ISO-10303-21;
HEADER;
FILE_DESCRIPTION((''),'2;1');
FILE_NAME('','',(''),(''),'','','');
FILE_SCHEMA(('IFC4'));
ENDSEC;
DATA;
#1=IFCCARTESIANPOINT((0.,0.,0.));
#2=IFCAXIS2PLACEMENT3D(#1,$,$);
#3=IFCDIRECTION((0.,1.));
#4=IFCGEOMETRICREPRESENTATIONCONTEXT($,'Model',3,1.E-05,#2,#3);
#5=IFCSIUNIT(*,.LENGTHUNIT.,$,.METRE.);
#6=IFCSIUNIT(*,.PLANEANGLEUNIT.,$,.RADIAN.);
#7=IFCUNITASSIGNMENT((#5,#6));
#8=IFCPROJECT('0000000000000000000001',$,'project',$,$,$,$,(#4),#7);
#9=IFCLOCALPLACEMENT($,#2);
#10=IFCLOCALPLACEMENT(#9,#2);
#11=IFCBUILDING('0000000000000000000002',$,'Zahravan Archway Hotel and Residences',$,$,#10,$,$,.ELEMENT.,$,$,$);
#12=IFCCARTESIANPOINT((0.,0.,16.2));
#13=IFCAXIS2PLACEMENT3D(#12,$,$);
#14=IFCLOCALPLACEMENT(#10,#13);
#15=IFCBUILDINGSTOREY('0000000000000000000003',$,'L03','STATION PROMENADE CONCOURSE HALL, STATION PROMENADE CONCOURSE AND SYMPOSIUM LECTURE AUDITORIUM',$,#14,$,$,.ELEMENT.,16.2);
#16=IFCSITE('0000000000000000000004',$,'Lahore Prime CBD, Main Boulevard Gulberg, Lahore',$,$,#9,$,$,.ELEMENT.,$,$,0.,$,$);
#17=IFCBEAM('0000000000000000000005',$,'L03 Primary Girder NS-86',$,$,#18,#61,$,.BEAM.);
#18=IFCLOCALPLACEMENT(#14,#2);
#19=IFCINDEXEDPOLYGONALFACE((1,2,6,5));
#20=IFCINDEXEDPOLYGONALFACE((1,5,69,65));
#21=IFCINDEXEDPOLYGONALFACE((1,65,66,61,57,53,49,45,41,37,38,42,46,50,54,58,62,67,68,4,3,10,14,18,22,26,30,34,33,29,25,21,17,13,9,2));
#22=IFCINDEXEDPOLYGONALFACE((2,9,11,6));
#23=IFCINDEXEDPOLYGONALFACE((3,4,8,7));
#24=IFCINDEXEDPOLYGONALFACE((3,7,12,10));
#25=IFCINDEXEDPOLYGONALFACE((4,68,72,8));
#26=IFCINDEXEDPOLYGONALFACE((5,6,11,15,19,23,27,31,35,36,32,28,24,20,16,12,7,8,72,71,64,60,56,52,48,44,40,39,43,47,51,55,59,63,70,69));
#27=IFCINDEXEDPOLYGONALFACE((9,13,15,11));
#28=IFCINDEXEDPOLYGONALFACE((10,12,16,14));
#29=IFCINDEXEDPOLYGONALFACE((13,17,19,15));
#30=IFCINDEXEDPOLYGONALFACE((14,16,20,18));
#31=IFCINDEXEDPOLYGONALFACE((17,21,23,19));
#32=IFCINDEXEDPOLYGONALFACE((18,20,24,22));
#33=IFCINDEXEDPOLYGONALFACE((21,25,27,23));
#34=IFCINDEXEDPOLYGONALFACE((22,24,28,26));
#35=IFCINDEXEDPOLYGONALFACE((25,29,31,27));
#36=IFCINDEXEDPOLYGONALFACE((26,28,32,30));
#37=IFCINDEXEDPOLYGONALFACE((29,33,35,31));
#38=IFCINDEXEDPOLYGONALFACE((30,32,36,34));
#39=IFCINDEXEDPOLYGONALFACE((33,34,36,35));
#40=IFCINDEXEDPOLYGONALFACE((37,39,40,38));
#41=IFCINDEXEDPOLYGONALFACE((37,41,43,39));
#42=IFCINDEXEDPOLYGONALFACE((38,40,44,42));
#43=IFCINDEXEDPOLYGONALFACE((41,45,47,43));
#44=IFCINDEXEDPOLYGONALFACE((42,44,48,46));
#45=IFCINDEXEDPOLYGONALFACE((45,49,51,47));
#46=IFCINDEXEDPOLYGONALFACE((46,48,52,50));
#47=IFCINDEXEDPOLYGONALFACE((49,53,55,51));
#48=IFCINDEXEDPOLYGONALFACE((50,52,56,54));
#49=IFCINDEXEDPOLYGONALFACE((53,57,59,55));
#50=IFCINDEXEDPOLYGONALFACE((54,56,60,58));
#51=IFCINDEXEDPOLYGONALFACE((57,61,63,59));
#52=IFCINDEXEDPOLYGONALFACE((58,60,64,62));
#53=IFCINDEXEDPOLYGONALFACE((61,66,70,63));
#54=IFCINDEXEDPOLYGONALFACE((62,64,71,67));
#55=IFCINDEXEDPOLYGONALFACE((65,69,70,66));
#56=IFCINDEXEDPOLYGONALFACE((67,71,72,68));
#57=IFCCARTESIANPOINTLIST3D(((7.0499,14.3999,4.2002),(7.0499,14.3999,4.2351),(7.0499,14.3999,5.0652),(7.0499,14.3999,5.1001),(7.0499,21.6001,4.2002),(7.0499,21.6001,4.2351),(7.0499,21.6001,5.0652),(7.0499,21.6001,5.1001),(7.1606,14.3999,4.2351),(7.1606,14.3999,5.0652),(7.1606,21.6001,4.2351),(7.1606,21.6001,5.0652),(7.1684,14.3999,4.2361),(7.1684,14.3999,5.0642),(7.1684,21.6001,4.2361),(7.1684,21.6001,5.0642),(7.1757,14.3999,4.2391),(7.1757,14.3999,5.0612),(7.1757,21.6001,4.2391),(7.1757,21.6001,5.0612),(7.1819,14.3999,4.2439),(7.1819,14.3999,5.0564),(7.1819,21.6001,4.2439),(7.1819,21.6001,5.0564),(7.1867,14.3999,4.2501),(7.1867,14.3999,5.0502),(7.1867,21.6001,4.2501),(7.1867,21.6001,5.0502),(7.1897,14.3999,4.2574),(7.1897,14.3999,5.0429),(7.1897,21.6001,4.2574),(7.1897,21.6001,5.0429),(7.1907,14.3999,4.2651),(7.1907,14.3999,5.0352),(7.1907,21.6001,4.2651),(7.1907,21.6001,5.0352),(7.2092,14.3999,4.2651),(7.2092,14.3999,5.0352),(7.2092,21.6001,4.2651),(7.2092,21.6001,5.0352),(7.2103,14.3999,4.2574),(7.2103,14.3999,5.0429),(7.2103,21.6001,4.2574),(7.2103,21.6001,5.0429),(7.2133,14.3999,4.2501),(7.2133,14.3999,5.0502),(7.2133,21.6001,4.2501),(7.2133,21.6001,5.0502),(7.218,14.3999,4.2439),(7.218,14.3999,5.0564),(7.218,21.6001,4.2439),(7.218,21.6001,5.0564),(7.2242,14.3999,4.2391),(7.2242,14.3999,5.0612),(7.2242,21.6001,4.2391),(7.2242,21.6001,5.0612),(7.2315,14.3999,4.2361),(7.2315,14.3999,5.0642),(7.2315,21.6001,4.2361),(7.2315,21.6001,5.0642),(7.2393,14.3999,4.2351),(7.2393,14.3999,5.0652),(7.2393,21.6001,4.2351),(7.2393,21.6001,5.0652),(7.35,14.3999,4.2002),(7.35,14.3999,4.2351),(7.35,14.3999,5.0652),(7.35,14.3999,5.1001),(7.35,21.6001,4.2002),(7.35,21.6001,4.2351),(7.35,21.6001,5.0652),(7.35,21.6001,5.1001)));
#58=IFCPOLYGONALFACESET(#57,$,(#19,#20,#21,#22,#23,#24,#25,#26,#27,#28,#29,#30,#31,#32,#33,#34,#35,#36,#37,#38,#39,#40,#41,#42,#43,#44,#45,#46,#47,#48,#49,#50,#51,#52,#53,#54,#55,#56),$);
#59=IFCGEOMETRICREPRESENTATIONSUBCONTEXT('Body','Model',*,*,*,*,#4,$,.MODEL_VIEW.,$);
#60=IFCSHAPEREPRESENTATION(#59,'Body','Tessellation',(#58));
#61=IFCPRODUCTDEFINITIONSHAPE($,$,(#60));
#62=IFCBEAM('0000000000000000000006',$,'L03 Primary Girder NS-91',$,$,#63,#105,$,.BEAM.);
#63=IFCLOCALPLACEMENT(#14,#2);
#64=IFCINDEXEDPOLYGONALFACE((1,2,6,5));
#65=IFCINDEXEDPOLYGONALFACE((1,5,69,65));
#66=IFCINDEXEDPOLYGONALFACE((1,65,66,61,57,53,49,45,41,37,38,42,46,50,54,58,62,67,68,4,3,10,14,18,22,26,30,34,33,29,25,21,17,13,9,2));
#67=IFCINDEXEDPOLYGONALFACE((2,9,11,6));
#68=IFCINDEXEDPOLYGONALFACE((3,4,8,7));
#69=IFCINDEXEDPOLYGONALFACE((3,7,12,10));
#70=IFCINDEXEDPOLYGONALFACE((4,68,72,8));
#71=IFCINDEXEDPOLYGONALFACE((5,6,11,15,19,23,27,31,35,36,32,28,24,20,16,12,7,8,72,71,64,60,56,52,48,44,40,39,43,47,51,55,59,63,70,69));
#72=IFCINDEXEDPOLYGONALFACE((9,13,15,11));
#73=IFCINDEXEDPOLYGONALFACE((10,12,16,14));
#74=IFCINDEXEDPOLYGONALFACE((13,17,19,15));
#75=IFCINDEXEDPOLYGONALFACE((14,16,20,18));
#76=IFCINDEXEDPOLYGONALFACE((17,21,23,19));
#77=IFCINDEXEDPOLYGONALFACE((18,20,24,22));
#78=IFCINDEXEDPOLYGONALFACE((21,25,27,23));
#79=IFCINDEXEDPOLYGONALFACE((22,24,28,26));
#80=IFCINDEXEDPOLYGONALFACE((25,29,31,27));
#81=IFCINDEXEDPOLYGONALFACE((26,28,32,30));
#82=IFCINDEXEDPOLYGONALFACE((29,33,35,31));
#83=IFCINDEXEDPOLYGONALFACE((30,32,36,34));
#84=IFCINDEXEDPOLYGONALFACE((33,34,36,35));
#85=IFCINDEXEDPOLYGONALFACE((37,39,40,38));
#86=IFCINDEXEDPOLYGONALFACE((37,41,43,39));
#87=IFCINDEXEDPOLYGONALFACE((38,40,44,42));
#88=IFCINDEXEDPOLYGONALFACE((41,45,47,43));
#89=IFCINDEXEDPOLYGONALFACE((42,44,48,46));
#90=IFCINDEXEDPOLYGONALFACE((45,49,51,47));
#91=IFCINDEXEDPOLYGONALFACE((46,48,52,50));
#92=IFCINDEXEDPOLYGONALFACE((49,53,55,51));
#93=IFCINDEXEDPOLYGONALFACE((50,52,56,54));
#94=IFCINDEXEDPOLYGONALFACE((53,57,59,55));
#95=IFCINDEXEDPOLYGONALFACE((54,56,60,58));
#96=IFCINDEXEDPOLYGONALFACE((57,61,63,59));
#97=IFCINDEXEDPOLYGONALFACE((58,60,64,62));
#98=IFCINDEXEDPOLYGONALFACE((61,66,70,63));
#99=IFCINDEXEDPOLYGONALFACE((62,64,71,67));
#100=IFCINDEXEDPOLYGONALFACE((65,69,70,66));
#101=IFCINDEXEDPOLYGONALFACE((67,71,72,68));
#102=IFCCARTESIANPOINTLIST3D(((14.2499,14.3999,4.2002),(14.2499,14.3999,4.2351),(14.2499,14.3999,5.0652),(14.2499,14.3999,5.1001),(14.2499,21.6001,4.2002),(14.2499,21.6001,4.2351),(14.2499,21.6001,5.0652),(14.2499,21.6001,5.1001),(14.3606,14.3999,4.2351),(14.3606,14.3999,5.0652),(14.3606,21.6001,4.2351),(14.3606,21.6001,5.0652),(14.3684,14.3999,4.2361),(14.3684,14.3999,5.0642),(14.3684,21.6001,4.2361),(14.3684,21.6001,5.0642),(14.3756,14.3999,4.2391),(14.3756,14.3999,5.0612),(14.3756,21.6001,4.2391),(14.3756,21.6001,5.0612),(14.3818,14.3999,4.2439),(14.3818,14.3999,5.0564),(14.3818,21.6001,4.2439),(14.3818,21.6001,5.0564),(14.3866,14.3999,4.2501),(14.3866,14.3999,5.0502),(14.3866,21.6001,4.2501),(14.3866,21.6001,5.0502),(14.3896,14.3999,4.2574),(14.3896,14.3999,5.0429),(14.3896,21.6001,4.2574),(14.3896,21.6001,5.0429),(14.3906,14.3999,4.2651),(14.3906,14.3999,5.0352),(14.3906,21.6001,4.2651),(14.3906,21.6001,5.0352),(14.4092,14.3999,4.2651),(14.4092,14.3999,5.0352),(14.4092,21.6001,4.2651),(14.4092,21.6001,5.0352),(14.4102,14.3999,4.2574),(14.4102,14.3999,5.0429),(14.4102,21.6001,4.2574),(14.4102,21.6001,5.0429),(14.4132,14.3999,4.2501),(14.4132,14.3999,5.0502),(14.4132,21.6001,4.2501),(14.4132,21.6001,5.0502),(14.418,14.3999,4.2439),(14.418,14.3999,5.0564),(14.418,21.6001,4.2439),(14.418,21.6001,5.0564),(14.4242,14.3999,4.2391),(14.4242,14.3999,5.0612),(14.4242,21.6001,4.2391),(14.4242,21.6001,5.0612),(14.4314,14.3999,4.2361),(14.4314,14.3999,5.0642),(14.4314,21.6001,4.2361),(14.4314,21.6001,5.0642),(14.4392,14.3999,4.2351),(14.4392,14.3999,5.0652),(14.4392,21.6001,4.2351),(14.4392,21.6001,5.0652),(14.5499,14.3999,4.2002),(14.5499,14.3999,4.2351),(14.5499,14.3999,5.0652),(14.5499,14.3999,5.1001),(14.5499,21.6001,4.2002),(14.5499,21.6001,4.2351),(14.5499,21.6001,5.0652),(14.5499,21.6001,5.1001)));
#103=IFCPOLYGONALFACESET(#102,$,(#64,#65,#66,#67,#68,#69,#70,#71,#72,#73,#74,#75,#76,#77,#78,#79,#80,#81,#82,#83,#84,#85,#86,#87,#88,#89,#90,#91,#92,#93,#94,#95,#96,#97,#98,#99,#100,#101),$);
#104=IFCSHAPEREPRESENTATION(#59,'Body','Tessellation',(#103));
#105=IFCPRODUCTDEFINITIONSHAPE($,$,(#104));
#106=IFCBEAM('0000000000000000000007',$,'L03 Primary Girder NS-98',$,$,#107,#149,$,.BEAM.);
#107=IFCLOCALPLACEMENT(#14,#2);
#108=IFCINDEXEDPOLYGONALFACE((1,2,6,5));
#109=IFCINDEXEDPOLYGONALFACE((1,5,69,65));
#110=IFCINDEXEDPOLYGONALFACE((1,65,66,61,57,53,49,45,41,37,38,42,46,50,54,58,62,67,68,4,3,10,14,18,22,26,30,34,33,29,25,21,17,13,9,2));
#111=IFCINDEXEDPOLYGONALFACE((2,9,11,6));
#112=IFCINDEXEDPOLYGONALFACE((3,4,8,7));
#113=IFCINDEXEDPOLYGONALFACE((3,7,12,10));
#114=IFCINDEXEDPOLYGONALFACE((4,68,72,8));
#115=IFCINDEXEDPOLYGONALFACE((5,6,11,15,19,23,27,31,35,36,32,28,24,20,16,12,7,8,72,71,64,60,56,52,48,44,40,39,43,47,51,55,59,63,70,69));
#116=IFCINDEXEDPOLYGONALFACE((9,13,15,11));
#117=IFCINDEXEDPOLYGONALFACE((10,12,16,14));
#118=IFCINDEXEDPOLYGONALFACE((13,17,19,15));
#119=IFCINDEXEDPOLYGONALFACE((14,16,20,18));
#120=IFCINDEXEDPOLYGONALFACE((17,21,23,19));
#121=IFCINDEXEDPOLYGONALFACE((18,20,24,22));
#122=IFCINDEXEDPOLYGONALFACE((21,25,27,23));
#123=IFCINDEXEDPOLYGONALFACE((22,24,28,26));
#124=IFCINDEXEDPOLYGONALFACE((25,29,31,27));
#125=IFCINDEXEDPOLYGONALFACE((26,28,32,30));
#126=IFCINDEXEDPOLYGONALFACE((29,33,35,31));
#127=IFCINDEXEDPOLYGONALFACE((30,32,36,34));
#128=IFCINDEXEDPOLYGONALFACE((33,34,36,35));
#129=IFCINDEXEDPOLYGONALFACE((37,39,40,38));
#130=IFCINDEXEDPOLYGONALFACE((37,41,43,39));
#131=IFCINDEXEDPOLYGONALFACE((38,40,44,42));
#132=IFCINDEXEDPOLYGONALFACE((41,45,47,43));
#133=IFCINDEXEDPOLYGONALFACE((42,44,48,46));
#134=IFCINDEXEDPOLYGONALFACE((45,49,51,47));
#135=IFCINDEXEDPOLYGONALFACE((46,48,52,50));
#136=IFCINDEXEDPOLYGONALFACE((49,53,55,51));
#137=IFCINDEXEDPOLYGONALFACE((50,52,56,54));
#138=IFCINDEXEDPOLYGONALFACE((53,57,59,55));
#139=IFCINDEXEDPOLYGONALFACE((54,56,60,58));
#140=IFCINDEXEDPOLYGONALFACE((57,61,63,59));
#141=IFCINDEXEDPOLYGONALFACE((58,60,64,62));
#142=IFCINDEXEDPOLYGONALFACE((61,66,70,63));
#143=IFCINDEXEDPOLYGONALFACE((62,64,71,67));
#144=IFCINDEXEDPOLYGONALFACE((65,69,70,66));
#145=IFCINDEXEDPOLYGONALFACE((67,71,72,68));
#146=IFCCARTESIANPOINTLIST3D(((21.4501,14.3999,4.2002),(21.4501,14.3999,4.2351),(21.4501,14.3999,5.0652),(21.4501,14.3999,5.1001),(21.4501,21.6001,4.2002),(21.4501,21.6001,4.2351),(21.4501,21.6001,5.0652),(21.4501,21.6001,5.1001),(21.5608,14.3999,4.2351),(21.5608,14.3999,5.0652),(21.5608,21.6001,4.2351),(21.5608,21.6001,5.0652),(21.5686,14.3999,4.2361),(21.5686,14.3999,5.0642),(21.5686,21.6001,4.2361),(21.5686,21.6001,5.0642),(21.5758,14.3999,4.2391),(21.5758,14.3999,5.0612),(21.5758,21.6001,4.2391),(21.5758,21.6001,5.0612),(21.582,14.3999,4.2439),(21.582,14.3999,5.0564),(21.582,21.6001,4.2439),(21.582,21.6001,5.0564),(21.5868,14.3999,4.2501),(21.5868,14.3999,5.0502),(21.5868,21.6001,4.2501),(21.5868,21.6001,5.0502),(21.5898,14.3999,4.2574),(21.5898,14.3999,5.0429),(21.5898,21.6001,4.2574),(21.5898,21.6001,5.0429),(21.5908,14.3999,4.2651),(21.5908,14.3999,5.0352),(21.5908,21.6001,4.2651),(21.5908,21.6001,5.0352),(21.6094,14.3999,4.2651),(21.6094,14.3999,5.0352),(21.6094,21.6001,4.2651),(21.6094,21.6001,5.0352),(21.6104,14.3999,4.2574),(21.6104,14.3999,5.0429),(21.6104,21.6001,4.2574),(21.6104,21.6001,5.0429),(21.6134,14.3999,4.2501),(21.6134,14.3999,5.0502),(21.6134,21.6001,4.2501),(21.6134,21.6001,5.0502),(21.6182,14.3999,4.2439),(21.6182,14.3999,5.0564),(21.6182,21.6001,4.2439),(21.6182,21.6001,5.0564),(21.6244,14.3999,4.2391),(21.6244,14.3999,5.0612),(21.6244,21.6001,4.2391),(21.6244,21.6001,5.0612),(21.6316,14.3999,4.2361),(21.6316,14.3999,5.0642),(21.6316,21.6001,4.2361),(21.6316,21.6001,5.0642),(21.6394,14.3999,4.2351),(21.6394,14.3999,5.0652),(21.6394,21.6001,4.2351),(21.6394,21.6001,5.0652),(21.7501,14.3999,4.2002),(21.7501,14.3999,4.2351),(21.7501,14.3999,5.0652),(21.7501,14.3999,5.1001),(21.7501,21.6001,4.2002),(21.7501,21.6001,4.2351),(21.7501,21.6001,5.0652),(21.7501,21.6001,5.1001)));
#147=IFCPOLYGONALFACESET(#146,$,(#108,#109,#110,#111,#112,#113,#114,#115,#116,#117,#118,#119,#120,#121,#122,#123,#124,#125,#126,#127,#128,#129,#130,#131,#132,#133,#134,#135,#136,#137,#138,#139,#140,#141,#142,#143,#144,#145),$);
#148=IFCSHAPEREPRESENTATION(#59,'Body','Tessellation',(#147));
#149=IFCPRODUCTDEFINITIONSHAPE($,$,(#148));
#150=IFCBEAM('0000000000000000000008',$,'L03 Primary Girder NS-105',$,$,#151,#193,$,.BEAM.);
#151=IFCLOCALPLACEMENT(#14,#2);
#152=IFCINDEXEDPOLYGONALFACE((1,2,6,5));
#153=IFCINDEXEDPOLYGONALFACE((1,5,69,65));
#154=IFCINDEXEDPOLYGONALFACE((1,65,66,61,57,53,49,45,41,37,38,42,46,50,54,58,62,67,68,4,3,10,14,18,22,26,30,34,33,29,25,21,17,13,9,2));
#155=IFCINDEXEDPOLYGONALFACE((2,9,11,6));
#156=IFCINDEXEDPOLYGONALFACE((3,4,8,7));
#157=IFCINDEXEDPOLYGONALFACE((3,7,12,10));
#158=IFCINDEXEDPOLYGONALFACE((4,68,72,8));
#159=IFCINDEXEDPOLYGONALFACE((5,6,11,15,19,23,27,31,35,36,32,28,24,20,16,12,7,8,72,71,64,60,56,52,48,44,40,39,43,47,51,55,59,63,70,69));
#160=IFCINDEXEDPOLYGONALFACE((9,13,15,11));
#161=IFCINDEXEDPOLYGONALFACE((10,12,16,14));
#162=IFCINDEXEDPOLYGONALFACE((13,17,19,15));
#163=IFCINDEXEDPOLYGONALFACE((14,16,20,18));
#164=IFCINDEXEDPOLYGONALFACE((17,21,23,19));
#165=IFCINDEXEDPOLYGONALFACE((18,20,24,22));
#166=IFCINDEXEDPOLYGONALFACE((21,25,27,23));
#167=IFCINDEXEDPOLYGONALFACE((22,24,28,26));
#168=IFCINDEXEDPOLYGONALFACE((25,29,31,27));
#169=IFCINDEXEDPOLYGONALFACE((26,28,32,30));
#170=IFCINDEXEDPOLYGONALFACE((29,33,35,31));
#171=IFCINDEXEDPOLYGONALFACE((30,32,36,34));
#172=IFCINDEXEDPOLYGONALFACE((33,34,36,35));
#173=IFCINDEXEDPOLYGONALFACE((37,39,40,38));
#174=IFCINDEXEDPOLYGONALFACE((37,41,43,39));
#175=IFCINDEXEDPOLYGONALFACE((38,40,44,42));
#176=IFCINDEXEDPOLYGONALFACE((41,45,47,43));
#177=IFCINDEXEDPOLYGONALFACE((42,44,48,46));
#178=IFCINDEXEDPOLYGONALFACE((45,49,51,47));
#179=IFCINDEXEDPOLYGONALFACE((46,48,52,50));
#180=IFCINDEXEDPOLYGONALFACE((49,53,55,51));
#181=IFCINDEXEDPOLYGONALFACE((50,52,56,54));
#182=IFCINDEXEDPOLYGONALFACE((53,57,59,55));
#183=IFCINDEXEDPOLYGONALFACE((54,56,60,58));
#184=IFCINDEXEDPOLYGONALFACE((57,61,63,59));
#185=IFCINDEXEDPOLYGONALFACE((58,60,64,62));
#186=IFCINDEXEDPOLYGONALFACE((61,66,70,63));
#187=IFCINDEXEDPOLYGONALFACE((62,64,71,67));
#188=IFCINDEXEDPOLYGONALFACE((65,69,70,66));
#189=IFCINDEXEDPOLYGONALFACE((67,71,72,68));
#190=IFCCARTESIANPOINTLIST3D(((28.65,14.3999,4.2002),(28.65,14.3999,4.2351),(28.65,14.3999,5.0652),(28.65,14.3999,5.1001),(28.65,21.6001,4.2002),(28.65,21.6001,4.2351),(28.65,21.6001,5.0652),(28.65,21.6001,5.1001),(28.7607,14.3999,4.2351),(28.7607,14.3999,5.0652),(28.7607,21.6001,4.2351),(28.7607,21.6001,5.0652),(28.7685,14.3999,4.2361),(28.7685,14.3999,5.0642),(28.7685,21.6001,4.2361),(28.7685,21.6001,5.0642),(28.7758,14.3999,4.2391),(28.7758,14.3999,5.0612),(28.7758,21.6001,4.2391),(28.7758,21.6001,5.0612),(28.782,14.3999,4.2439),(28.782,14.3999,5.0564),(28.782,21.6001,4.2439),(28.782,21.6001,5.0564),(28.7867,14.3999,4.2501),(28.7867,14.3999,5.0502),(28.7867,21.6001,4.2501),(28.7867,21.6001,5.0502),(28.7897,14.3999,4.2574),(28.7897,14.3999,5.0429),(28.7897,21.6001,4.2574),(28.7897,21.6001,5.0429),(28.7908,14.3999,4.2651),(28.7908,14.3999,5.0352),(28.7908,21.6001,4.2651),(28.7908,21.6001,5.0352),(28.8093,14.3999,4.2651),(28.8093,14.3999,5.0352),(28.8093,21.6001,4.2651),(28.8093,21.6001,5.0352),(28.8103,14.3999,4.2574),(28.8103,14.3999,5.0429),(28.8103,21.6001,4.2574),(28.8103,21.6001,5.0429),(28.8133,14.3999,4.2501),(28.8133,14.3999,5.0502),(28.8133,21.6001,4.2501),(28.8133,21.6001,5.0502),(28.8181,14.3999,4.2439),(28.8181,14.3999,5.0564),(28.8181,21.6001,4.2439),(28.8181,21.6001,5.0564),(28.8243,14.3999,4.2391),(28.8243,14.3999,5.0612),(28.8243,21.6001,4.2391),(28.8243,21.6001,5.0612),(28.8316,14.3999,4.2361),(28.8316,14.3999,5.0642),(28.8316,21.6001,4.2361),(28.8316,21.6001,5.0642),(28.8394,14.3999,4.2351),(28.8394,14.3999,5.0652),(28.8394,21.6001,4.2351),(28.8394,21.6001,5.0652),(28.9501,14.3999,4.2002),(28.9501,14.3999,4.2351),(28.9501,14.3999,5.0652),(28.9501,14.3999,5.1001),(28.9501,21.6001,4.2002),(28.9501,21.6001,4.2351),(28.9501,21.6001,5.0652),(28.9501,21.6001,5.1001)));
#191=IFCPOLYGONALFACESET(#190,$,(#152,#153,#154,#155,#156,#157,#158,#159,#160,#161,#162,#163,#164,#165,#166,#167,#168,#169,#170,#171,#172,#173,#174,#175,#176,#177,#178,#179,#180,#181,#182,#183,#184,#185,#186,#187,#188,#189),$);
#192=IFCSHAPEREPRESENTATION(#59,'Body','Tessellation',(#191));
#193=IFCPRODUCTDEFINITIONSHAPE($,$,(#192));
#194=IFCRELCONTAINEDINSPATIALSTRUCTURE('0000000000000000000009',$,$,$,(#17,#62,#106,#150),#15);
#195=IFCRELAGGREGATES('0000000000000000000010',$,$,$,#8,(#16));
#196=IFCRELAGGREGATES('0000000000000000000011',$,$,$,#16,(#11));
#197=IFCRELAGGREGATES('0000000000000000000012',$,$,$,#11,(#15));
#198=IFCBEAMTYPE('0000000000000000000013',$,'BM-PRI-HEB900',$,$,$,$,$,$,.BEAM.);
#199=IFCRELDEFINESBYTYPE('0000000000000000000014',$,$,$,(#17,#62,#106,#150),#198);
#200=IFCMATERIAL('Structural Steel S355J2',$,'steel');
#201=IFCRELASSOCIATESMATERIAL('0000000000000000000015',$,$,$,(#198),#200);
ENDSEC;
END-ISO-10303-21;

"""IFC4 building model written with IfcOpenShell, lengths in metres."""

from ifc_helpers import new_model, si_unit, direction, frame, origin, origin_2d, place, context, subcontext, project, spatial, i_section, extrude, source, transform, mapped, material, material_profile, profile_set, type_object, element, save


model = new_model("IFC4")

# Units and contexts
model_context = context("Model", 3, precision=1e-05, world=origin(), true_north=direction((0.0, 1.0)))
body_context = subcontext(model_context, "Body", "Model", "MODEL_VIEW")
ifc_project = project(units=[si_unit("LENGTHUNIT", "METRE"), si_unit("PLANEANGLEUNIT", "RADIAN")], contexts=[model_context])

# Site, building, storey
site_placement = place(None, origin())
site = spatial("IfcSite", under=ifc_project, at=site_placement, Name="Lahore Prime CBD, Main Boulevard Gulberg, Lahore", CompositionType="ELEMENT", RefElevation=0.0)
building_placement = place(site_placement, origin())
building = spatial("IfcBuilding", under=site, at=building_placement, Name="Zahravan Archway Hotel and Residences", CompositionType="ELEMENT")
storey_placement = place(building_placement, frame((0.0, 0.0, 16.2)))
storey = spatial("IfcBuildingStorey", under=building, at=storey_placement, Name="L03", Description="STATION PROMENADE CONCOURSE HALL, STATION PROMENADE CONCOURSE AND SYMPOSIUM LECTURE AUDITORIUM", CompositionType="ELEMENT", Elevation=16.2)

# Beams
ifc_material_1 = material(Name="Structural Steel S355J2", Category="steel")
ifc_material_profile_1 = material_profile(ifc_material_1, i_section(OverallWidth=0.3, OverallDepth=0.8999, WebThickness=0.0186, FlangeThickness=0.0349, FilletRadius=0.03, at=origin_2d()), Name="HEB 900", Category="steel")
ifc_profile_set_1 = profile_set([ifc_material_profile_1], Name="Structural Steel S355J2")
beam_type_1 = type_object("IfcBeamType", Name="BM-PRI-HEB900", PredefinedType="BEAM", material=ifc_profile_set_1)
shared_shape_1 = source(origin(), body_context, "Body", "SweptSolid", [
    extrude(i_section(OverallWidth=0.3, OverallDepth=0.8999, WebThickness=0.0186, FlangeThickness=0.0349, FilletRadius=0.03, at=origin_2d()), origin(), (0.0, 0.0, 1.0), 7.2002),
])
for number, where, z_axis, x_axis, name in (
    (1, (7.2, 14.3999, 4.6501), (0.0, 1.0, 0.0), (-1.0, 0.0, 0.0), "L03 Primary Girder NS-86"),
    (2, (14.3999, 14.3999, 4.6501), (0.0, 1.0, 0.0), (-1.0, 0.0, 0.0), "L03 Primary Girder NS-91"),
    (3, (21.6001, 14.3999, 4.6501), (0.0, 1.0, 0.0), (-1.0, 0.0, 0.0), "L03 Primary Girder NS-98"),
    (4, (28.8, 14.3999, 4.6501), (0.0, 1.0, 0.0), (-1.0, 0.0, 0.0), "L03 Primary Girder NS-105"),
):
    element("IfcBeam", number, at=place(storey_placement, frame(where, z_axis=z_axis, x_axis=x_axis)), inside=storey, type_object=beam_type_1, Name=name, PredefinedType="BEAM", context=body_context, shape_type="MappedRepresentation", body=[
        mapped(shared_shape_1, transform((0.0, 0.0, 0.0), scale=1.0)),
    ])

save(model, "model.ifc")
